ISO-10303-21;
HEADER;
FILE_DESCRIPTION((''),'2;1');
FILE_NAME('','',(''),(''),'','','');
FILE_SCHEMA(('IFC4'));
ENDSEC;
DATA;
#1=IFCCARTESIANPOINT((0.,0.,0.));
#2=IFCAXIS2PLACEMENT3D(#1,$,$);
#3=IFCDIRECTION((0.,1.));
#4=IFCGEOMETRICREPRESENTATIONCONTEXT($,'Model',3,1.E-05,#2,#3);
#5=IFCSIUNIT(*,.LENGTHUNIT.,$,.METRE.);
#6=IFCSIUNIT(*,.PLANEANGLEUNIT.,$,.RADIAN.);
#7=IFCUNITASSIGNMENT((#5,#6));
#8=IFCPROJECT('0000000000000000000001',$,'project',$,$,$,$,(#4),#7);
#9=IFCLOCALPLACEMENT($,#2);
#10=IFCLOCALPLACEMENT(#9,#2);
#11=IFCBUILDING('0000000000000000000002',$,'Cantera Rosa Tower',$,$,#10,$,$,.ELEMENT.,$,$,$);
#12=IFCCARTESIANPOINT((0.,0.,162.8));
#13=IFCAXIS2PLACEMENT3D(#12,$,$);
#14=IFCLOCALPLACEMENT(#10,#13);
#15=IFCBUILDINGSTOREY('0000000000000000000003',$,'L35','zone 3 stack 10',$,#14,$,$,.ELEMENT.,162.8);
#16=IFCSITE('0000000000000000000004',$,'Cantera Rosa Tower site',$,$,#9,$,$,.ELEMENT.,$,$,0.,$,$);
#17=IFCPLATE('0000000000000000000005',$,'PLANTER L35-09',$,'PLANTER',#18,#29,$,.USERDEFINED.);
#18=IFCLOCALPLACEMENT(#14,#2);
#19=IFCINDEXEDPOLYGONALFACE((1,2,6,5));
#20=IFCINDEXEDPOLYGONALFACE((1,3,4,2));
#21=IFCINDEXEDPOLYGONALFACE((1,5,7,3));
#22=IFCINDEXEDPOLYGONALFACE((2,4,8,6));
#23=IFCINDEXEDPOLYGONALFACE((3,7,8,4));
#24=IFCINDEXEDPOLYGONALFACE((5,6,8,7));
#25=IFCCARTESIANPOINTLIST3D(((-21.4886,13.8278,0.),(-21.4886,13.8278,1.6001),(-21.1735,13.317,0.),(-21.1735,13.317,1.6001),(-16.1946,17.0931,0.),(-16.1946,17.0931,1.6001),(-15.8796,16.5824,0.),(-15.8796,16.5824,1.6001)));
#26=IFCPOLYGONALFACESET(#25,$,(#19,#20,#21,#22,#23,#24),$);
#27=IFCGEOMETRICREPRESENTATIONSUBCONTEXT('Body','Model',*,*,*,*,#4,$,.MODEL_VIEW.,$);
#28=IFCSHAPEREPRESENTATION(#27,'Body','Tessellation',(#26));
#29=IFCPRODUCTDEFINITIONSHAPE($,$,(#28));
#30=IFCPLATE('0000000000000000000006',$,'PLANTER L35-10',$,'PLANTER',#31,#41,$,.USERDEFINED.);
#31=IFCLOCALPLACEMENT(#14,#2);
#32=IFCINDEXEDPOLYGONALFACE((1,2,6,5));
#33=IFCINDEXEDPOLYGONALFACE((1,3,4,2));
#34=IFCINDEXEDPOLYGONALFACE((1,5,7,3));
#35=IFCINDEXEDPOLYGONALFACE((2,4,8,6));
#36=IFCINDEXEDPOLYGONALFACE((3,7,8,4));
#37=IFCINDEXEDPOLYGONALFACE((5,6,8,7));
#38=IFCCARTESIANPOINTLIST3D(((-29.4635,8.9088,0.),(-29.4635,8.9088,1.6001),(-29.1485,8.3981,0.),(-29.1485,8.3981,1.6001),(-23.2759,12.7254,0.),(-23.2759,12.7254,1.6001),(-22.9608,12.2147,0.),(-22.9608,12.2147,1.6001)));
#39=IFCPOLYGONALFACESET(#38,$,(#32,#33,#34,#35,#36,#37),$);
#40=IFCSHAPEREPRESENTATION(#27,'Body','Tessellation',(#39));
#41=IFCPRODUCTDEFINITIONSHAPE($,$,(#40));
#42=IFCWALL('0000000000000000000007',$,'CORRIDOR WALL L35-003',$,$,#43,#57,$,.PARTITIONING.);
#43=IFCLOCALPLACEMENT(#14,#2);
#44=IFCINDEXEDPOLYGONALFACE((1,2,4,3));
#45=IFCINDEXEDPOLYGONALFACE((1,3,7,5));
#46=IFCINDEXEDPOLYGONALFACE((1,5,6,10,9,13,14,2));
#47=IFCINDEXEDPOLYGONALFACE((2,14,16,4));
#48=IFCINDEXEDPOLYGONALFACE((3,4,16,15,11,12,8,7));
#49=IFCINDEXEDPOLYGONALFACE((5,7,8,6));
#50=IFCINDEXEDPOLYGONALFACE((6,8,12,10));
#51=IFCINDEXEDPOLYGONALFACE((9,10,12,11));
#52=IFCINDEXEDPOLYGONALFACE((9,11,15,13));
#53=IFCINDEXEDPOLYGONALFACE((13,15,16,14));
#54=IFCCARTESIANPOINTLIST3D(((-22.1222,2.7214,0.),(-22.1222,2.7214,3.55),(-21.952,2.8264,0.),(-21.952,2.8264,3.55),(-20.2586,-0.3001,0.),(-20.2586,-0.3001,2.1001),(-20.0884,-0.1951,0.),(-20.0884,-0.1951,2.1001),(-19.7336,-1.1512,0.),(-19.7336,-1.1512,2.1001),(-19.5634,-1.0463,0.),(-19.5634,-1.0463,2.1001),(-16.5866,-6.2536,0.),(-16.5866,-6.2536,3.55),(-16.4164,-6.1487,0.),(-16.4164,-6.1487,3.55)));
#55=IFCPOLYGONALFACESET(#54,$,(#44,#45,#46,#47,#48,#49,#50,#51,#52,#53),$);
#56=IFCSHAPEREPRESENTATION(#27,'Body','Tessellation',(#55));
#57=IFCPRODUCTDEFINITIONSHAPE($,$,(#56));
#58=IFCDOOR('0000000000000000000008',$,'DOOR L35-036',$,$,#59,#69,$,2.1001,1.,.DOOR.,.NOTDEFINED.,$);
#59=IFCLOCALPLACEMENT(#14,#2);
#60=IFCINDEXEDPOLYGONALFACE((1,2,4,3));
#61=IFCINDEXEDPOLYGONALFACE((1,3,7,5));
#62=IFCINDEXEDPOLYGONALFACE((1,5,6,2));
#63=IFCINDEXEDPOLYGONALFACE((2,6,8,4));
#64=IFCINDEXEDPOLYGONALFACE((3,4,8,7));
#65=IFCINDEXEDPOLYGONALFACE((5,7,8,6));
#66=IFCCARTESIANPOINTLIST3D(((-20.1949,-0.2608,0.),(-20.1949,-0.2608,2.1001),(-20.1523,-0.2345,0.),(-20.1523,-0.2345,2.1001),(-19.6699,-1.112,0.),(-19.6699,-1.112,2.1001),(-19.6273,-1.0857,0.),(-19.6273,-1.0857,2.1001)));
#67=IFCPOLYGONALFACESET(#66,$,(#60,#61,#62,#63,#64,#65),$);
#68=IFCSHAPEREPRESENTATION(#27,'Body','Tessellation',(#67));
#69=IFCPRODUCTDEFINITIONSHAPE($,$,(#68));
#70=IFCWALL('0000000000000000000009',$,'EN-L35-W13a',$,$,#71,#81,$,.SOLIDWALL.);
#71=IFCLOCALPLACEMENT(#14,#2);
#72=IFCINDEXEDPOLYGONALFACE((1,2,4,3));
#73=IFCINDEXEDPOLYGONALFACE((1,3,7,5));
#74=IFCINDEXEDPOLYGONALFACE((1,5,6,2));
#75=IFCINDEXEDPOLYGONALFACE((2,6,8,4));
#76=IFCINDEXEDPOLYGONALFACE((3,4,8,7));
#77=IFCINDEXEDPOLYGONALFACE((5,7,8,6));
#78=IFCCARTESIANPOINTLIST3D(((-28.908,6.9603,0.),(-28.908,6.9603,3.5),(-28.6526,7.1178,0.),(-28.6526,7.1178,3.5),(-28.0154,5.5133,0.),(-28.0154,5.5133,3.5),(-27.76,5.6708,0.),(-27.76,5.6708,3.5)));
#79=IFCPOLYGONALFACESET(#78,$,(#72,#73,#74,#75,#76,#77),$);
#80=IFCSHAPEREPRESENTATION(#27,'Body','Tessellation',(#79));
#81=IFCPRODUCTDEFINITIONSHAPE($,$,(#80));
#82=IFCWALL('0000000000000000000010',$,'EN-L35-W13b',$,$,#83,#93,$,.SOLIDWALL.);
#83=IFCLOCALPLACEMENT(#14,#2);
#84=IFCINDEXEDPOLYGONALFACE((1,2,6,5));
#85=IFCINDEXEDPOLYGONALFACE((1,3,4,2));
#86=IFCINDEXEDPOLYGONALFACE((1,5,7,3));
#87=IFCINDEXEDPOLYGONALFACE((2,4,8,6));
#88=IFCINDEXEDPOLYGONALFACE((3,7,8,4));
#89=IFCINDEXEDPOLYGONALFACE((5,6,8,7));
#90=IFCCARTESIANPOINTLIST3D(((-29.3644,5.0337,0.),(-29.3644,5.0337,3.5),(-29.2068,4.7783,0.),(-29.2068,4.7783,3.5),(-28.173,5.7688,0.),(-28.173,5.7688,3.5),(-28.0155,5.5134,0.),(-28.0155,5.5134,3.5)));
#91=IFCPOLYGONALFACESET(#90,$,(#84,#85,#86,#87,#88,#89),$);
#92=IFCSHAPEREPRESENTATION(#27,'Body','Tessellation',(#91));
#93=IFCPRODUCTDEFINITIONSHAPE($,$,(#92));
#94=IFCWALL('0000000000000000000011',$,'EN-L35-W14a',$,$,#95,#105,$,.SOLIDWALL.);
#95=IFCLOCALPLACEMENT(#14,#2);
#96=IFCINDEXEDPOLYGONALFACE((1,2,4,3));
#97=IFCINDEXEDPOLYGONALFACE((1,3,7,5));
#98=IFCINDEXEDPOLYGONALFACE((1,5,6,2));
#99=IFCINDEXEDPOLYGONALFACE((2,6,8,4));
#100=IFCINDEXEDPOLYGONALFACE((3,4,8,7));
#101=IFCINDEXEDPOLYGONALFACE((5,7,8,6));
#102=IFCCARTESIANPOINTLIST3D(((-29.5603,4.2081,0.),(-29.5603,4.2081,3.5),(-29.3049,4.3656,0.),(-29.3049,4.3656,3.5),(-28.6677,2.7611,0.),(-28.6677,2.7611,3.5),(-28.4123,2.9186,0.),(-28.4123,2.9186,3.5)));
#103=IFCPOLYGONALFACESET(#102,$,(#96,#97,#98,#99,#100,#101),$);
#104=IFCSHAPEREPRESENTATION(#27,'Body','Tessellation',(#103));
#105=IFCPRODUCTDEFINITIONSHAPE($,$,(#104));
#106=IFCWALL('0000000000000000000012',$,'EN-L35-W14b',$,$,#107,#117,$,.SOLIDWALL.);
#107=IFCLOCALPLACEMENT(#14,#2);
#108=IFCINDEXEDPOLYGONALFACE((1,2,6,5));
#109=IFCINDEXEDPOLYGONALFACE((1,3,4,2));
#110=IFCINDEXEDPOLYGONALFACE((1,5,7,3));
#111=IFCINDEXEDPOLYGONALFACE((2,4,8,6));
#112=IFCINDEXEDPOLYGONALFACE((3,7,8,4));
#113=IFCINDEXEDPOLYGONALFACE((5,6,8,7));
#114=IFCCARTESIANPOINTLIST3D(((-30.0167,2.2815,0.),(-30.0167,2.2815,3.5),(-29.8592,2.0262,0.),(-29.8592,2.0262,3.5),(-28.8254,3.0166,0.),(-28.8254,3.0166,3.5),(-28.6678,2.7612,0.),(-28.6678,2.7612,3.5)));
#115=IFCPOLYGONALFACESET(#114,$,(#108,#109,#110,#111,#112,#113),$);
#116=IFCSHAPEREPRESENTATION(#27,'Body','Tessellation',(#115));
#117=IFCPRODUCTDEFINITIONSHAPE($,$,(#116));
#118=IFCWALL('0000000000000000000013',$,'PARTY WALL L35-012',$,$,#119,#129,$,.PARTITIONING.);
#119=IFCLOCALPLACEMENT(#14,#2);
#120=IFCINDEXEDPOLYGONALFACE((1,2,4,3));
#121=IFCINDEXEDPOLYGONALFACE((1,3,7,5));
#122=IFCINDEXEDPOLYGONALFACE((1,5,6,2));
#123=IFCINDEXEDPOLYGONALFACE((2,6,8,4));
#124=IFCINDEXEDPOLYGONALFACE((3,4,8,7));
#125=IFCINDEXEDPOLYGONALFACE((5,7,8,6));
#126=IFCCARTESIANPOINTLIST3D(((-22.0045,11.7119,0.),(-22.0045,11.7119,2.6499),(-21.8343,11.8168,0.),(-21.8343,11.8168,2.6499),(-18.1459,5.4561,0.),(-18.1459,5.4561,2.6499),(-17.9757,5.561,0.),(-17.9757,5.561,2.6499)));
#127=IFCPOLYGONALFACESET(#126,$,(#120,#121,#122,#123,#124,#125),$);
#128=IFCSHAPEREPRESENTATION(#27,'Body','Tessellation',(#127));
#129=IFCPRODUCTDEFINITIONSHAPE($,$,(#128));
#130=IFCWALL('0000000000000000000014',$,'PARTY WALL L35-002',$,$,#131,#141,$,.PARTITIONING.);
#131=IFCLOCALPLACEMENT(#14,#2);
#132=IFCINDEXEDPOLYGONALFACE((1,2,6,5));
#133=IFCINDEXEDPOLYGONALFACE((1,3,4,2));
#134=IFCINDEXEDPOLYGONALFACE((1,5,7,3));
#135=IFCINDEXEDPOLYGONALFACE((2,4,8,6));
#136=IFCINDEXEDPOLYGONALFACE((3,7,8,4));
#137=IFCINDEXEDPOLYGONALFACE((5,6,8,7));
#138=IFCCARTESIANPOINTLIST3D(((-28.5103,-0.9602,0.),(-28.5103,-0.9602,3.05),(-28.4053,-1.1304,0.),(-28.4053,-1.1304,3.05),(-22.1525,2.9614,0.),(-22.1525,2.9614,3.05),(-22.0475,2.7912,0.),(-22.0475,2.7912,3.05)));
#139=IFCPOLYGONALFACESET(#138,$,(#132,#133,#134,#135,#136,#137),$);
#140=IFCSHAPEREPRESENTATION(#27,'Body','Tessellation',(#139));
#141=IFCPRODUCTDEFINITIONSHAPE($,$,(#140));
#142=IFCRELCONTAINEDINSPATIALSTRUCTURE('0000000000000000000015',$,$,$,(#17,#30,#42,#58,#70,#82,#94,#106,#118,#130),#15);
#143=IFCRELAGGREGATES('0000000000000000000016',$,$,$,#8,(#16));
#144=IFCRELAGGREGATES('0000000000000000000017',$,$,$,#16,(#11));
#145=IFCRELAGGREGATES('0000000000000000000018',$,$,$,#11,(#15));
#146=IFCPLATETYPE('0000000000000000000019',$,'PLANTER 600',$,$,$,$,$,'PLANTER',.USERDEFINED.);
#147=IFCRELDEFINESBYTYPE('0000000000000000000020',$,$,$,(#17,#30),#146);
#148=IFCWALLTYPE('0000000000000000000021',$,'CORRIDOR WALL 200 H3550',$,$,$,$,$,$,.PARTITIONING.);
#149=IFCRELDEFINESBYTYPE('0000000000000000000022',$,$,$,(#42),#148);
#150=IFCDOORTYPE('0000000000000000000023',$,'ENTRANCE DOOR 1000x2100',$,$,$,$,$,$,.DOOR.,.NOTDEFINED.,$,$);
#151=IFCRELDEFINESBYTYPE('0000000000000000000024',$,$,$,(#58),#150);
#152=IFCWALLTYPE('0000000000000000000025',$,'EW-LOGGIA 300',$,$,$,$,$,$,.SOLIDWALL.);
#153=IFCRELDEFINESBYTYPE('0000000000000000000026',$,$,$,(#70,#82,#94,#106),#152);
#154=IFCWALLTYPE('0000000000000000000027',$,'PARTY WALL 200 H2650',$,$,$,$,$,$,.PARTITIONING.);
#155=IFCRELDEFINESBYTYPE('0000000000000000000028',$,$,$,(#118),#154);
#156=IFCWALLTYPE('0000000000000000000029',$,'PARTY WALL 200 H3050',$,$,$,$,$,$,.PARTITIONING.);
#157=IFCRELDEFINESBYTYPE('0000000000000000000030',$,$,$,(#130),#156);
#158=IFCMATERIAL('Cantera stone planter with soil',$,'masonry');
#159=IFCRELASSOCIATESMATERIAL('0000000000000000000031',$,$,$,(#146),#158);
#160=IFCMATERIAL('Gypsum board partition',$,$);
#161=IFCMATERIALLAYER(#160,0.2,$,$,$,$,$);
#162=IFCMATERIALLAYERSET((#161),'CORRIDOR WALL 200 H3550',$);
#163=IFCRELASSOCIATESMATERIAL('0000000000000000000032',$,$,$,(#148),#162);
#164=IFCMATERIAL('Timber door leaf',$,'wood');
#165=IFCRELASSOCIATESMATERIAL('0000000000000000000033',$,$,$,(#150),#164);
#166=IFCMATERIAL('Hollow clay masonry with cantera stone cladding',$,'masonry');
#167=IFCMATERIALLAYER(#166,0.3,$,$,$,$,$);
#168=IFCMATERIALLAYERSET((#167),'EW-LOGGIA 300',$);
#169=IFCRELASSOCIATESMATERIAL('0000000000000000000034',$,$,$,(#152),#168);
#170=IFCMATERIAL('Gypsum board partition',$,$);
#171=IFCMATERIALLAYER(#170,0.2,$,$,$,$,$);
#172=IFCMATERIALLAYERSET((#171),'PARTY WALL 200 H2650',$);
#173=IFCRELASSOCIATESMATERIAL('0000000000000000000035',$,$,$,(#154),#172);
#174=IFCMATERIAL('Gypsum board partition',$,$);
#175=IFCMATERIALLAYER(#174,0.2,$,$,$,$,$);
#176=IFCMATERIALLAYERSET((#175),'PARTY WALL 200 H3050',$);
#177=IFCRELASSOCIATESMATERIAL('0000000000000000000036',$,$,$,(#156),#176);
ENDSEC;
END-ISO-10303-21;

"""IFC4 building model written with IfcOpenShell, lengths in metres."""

from ifc_helpers import new_model, si_unit, direction, frame, frame_2d, origin, origin_2d, place, context, subcontext, project, spatial, rectangle, extrude, material, layer, layer_set, type_object, element, fill, save


model = new_model("IFC4")

# Units and contexts
model_context = context("Model", 3, precision=1e-05, world=origin(), true_north=direction((0.0, 1.0)))
body_context = subcontext(model_context, "Body", "Model", "MODEL_VIEW")
ifc_project = project(units=[si_unit("LENGTHUNIT", "METRE"), si_unit("PLANEANGLEUNIT", "RADIAN")], contexts=[model_context])

# Site, building, storey
site_placement = place(None, origin())
site = spatial("IfcSite", under=ifc_project, at=site_placement, Name="Cantera Rosa Tower site", CompositionType="ELEMENT", RefElevation=0.0)
building_placement = place(site_placement, origin())
building = spatial("IfcBuilding", under=site, at=building_placement, Name="Cantera Rosa Tower", CompositionType="ELEMENT")
storey_placement = place(building_placement, frame((0.0, 0.0, 162.8)))
storey = spatial("IfcBuildingStorey", under=building, at=storey_placement, Name="L35", Description="zone 3 stack 10", CompositionType="ELEMENT", Elevation=162.8)

# Plates
ifc_material_1 = material(Name="Cantera stone planter with soil", Category="masonry")
plate_type = type_object("IfcPlateType", Name="PLANTER 600", ElementType="PLANTER", PredefinedType="USERDEFINED", material=ifc_material_1)
plate_1_placement = place(storey_placement, frame((-18.6841, 15.2051, 0.0), z_axis=(0.0, 0.0, 1.0), x_axis=(-0.851117, -0.524977, 0.0)))
element("IfcPlate", 1, at=plate_1_placement, inside=storey, type_object=plate_type, Name="PLANTER L35-09", ObjectType="PLANTER", PredefinedType="USERDEFINED", context=body_context, shape_type="SweptSolid", body=[
    extrude(rectangle(XDim=6.22, YDim=0.6001, at=origin_2d()), origin(), (0.0, 0.0, 1.0), 1.6001),
])
plate_2_placement = place(storey_placement, frame((-26.2122, 10.5618, 0.0), z_axis=(0.0, 0.0, 1.0), x_axis=(-0.851117, -0.524977, 0.0)))
element("IfcPlate", 2, at=plate_2_placement, inside=storey, type_object=plate_type, Name="PLANTER L35-10", ObjectType="PLANTER", PredefinedType="USERDEFINED", context=body_context, shape_type="SweptSolid", body=[
    extrude(rectangle(XDim=7.27, YDim=0.6001, at=origin_2d()), origin(), (0.0, 0.0, 1.0), 1.6001),
])

# Wall, opening, door
ifc_material_2 = material(Name="Gypsum board partition")
ifc_layer_1 = layer(ifc_material_2, 0.2)
ifc_layer_set_1 = layer_set([ifc_layer_1], Name="CORRIDOR WALL 200 H3550")
wall_type_1 = type_object("IfcWallType", Name="CORRIDOR WALL 200 H3550", PredefinedType="PARTITIONING", material=ifc_layer_set_1)
wall_1_placement = place(storey_placement, frame((-22.0371, 2.7739, 0.0), z_axis=(0.0, 0.0, 1.0), x_axis=(0.524957, -0.851128, 0.0)))
wall_1 = element("IfcWall", 3, at=wall_1_placement, inside=storey, type_object=wall_type_1, Name="CORRIDOR WALL L35-003", PredefinedType="PARTITIONING", context=body_context, shape_type="SweptSolid", body=[
    extrude(rectangle(XDim=10.5449, YDim=0.2, at=frame_2d((5.2725, 0.0))), origin(), (0.0, 0.0, 1.0), 3.55),
])
opening_1_placement = place(wall_1_placement, frame((3.55, 0.0, 0.0)))
opening_1 = element("IfcOpeningElement", 4, at=opening_1_placement, cuts=wall_1, PredefinedType="OPENING", context=body_context, shape_type="SweptSolid", body=[
    extrude(rectangle(XDim=1.0, YDim=2.1001, at=frame_2d((0.5, 1.05))), frame((0.0, 0.1099, 0.0), z_axis=(0.0, -1.0, 0.0), x_axis=(1.0, 0.0, 0.0)), (0.0, 0.0, 1.0), 0.22),
])
ifc_material_3 = material(Name="Timber door leaf", Category="wood")
door_type_1 = type_object("IfcDoorType", Name="ENTRANCE DOOR 1000x2100", OperationType="NOTDEFINED", PredefinedType="DOOR", material=ifc_material_3)
door_1_placement = place(opening_1_placement, origin())
door_1 = element("IfcDoor", 5, at=door_1_placement, inside=storey, type_object=door_type_1, Name="DOOR L35-036", OperationType="NOTDEFINED", OverallHeight=2.1001, OverallWidth=1.0, PredefinedType="DOOR", context=body_context, shape_type="SweptSolid", body=[
    extrude(rectangle(XDim=1.0, YDim=2.1001, at=frame_2d((0.5, 1.05))), frame((0.0, 0.0249, 0.0), z_axis=(0.0, -1.0, 0.0), x_axis=(1.0, 0.0, 0.0)), (0.0, 0.0, 1.0), 0.05),
])
fill(opening_1, door_1)

# Walls
ifc_material_4 = material(Name="Hollow clay masonry with cantera stone cladding", Category="masonry")
ifc_layer_2 = layer(ifc_material_4, 0.3)
ifc_layer_set_2 = layer_set([ifc_layer_2], Name="EW-LOGGIA 300")
wall_type_2 = type_object("IfcWallType", Name="EW-LOGGIA 300", PredefinedType="SOLIDWALL", material=ifc_layer_set_2)
wall_2_placement = place(storey_placement, frame((-28.7803, 7.0391, 0.0), z_axis=(0.0, 0.0, 1.0), x_axis=(0.524994, -0.851106, 0.0)))
element("IfcWall", 6, at=wall_2_placement, inside=storey, type_object=wall_type_2, Name="EN-L35-W13a", PredefinedType="SOLIDWALL", context=body_context, shape_type="SweptSolid", body=[
    extrude(rectangle(XDim=1.7002, YDim=0.3, at=frame_2d((0.8501, 0.0))), origin(), (0.0, 0.0, 1.0), 3.5),
])
wall_3_placement = place(storey_placement, frame((-28.0942, 5.6411, 0.0), z_axis=(0.0, 0.0, 1.0), x_axis=(-0.851041, -0.525099, 0.0)))
element("IfcWall", 7, at=wall_3_placement, inside=storey, type_object=wall_type_2, Name="EN-L35-W13b", PredefinedType="SOLIDWALL", context=body_context, shape_type="SweptSolid", body=[
    extrude(rectangle(XDim=1.3999, YDim=0.3, at=frame_2d((0.7, 0.0))), origin(), (0.0, 0.0, 1.0), 3.5),
])
wall_4_placement = place(storey_placement, frame((-29.4326, 4.2869, 0.0), z_axis=(0.0, 0.0, 1.0), x_axis=(0.524994, -0.851106, 0.0)))
element("IfcWall", 8, at=wall_4_placement, inside=storey, type_object=wall_type_2, Name="EN-L35-W14a", PredefinedType="SOLIDWALL", context=body_context, shape_type="SweptSolid", body=[
    extrude(rectangle(XDim=1.7002, YDim=0.3, at=frame_2d((0.8501, 0.0))), origin(), (0.0, 0.0, 1.0), 3.5),
])
wall_5_placement = place(storey_placement, frame((-28.7466, 2.8889, 0.0), z_axis=(0.0, 0.0, 1.0), x_axis=(-0.851041, -0.525099, 0.0)))
element("IfcWall", 9, at=wall_5_placement, inside=storey, type_object=wall_type_2, Name="EN-L35-W14b", PredefinedType="SOLIDWALL", context=body_context, shape_type="SweptSolid", body=[
    extrude(rectangle(XDim=1.3999, YDim=0.3, at=frame_2d((0.7, 0.0))), origin(), (0.0, 0.0, 1.0), 3.5),
])

# Walls
ifc_material_5 = material(Name="Gypsum board partition")
ifc_layer_3 = layer(ifc_material_5, 0.2)
ifc_layer_set_3 = layer_set([ifc_layer_3], Name="PARTY WALL 200 H2650")
wall_type_3 = type_object("IfcWallType", Name="PARTY WALL 200 H2650", PredefinedType="PARTITIONING", material=ifc_layer_set_3)
wall_6_placement = place(storey_placement, frame((-18.0608, 5.5085, 0.0), z_axis=(0.0, 0.0, 1.0), x_axis=(-0.524974, 0.851118, 0.0)))
element("IfcWall", 10, at=wall_6_placement, inside=storey, type_object=wall_type_3, Name="PARTY WALL L35-012", PredefinedType="PARTITIONING", context=body_context, shape_type="SweptSolid", body=[
    extrude(rectangle(XDim=7.3501, YDim=0.2, at=frame_2d((3.675, 0.0))), origin(), (0.0, 0.0, 1.0), 2.6499),
])
ifc_material_6 = material(Name="Gypsum board partition")
ifc_layer_4 = layer(ifc_material_6, 0.2)
ifc_layer_set_4 = layer_set([ifc_layer_4], Name="PARTY WALL 200 H3050")
wall_type_4 = type_object("IfcWallType", Name="PARTY WALL 200 H3050", PredefinedType="PARTITIONING", material=ifc_layer_set_4)
wall_7_placement = place(storey_placement, frame((-22.1001, 2.8762, 0.0), z_axis=(0.0, 0.0, 1.0), x_axis=(-0.851116, -0.524978, 0.0)))
element("IfcWall", 11, at=wall_7_placement, inside=storey, type_object=wall_type_4, Name="PARTY WALL L35-002", PredefinedType="PARTITIONING", context=body_context, shape_type="SweptSolid", body=[
    extrude(rectangle(XDim=7.47, YDim=0.2, at=frame_2d((3.7349, 0.0))), origin(), (0.0, 0.0, 1.0), 3.05),
])

save(model, "model.ifc")
